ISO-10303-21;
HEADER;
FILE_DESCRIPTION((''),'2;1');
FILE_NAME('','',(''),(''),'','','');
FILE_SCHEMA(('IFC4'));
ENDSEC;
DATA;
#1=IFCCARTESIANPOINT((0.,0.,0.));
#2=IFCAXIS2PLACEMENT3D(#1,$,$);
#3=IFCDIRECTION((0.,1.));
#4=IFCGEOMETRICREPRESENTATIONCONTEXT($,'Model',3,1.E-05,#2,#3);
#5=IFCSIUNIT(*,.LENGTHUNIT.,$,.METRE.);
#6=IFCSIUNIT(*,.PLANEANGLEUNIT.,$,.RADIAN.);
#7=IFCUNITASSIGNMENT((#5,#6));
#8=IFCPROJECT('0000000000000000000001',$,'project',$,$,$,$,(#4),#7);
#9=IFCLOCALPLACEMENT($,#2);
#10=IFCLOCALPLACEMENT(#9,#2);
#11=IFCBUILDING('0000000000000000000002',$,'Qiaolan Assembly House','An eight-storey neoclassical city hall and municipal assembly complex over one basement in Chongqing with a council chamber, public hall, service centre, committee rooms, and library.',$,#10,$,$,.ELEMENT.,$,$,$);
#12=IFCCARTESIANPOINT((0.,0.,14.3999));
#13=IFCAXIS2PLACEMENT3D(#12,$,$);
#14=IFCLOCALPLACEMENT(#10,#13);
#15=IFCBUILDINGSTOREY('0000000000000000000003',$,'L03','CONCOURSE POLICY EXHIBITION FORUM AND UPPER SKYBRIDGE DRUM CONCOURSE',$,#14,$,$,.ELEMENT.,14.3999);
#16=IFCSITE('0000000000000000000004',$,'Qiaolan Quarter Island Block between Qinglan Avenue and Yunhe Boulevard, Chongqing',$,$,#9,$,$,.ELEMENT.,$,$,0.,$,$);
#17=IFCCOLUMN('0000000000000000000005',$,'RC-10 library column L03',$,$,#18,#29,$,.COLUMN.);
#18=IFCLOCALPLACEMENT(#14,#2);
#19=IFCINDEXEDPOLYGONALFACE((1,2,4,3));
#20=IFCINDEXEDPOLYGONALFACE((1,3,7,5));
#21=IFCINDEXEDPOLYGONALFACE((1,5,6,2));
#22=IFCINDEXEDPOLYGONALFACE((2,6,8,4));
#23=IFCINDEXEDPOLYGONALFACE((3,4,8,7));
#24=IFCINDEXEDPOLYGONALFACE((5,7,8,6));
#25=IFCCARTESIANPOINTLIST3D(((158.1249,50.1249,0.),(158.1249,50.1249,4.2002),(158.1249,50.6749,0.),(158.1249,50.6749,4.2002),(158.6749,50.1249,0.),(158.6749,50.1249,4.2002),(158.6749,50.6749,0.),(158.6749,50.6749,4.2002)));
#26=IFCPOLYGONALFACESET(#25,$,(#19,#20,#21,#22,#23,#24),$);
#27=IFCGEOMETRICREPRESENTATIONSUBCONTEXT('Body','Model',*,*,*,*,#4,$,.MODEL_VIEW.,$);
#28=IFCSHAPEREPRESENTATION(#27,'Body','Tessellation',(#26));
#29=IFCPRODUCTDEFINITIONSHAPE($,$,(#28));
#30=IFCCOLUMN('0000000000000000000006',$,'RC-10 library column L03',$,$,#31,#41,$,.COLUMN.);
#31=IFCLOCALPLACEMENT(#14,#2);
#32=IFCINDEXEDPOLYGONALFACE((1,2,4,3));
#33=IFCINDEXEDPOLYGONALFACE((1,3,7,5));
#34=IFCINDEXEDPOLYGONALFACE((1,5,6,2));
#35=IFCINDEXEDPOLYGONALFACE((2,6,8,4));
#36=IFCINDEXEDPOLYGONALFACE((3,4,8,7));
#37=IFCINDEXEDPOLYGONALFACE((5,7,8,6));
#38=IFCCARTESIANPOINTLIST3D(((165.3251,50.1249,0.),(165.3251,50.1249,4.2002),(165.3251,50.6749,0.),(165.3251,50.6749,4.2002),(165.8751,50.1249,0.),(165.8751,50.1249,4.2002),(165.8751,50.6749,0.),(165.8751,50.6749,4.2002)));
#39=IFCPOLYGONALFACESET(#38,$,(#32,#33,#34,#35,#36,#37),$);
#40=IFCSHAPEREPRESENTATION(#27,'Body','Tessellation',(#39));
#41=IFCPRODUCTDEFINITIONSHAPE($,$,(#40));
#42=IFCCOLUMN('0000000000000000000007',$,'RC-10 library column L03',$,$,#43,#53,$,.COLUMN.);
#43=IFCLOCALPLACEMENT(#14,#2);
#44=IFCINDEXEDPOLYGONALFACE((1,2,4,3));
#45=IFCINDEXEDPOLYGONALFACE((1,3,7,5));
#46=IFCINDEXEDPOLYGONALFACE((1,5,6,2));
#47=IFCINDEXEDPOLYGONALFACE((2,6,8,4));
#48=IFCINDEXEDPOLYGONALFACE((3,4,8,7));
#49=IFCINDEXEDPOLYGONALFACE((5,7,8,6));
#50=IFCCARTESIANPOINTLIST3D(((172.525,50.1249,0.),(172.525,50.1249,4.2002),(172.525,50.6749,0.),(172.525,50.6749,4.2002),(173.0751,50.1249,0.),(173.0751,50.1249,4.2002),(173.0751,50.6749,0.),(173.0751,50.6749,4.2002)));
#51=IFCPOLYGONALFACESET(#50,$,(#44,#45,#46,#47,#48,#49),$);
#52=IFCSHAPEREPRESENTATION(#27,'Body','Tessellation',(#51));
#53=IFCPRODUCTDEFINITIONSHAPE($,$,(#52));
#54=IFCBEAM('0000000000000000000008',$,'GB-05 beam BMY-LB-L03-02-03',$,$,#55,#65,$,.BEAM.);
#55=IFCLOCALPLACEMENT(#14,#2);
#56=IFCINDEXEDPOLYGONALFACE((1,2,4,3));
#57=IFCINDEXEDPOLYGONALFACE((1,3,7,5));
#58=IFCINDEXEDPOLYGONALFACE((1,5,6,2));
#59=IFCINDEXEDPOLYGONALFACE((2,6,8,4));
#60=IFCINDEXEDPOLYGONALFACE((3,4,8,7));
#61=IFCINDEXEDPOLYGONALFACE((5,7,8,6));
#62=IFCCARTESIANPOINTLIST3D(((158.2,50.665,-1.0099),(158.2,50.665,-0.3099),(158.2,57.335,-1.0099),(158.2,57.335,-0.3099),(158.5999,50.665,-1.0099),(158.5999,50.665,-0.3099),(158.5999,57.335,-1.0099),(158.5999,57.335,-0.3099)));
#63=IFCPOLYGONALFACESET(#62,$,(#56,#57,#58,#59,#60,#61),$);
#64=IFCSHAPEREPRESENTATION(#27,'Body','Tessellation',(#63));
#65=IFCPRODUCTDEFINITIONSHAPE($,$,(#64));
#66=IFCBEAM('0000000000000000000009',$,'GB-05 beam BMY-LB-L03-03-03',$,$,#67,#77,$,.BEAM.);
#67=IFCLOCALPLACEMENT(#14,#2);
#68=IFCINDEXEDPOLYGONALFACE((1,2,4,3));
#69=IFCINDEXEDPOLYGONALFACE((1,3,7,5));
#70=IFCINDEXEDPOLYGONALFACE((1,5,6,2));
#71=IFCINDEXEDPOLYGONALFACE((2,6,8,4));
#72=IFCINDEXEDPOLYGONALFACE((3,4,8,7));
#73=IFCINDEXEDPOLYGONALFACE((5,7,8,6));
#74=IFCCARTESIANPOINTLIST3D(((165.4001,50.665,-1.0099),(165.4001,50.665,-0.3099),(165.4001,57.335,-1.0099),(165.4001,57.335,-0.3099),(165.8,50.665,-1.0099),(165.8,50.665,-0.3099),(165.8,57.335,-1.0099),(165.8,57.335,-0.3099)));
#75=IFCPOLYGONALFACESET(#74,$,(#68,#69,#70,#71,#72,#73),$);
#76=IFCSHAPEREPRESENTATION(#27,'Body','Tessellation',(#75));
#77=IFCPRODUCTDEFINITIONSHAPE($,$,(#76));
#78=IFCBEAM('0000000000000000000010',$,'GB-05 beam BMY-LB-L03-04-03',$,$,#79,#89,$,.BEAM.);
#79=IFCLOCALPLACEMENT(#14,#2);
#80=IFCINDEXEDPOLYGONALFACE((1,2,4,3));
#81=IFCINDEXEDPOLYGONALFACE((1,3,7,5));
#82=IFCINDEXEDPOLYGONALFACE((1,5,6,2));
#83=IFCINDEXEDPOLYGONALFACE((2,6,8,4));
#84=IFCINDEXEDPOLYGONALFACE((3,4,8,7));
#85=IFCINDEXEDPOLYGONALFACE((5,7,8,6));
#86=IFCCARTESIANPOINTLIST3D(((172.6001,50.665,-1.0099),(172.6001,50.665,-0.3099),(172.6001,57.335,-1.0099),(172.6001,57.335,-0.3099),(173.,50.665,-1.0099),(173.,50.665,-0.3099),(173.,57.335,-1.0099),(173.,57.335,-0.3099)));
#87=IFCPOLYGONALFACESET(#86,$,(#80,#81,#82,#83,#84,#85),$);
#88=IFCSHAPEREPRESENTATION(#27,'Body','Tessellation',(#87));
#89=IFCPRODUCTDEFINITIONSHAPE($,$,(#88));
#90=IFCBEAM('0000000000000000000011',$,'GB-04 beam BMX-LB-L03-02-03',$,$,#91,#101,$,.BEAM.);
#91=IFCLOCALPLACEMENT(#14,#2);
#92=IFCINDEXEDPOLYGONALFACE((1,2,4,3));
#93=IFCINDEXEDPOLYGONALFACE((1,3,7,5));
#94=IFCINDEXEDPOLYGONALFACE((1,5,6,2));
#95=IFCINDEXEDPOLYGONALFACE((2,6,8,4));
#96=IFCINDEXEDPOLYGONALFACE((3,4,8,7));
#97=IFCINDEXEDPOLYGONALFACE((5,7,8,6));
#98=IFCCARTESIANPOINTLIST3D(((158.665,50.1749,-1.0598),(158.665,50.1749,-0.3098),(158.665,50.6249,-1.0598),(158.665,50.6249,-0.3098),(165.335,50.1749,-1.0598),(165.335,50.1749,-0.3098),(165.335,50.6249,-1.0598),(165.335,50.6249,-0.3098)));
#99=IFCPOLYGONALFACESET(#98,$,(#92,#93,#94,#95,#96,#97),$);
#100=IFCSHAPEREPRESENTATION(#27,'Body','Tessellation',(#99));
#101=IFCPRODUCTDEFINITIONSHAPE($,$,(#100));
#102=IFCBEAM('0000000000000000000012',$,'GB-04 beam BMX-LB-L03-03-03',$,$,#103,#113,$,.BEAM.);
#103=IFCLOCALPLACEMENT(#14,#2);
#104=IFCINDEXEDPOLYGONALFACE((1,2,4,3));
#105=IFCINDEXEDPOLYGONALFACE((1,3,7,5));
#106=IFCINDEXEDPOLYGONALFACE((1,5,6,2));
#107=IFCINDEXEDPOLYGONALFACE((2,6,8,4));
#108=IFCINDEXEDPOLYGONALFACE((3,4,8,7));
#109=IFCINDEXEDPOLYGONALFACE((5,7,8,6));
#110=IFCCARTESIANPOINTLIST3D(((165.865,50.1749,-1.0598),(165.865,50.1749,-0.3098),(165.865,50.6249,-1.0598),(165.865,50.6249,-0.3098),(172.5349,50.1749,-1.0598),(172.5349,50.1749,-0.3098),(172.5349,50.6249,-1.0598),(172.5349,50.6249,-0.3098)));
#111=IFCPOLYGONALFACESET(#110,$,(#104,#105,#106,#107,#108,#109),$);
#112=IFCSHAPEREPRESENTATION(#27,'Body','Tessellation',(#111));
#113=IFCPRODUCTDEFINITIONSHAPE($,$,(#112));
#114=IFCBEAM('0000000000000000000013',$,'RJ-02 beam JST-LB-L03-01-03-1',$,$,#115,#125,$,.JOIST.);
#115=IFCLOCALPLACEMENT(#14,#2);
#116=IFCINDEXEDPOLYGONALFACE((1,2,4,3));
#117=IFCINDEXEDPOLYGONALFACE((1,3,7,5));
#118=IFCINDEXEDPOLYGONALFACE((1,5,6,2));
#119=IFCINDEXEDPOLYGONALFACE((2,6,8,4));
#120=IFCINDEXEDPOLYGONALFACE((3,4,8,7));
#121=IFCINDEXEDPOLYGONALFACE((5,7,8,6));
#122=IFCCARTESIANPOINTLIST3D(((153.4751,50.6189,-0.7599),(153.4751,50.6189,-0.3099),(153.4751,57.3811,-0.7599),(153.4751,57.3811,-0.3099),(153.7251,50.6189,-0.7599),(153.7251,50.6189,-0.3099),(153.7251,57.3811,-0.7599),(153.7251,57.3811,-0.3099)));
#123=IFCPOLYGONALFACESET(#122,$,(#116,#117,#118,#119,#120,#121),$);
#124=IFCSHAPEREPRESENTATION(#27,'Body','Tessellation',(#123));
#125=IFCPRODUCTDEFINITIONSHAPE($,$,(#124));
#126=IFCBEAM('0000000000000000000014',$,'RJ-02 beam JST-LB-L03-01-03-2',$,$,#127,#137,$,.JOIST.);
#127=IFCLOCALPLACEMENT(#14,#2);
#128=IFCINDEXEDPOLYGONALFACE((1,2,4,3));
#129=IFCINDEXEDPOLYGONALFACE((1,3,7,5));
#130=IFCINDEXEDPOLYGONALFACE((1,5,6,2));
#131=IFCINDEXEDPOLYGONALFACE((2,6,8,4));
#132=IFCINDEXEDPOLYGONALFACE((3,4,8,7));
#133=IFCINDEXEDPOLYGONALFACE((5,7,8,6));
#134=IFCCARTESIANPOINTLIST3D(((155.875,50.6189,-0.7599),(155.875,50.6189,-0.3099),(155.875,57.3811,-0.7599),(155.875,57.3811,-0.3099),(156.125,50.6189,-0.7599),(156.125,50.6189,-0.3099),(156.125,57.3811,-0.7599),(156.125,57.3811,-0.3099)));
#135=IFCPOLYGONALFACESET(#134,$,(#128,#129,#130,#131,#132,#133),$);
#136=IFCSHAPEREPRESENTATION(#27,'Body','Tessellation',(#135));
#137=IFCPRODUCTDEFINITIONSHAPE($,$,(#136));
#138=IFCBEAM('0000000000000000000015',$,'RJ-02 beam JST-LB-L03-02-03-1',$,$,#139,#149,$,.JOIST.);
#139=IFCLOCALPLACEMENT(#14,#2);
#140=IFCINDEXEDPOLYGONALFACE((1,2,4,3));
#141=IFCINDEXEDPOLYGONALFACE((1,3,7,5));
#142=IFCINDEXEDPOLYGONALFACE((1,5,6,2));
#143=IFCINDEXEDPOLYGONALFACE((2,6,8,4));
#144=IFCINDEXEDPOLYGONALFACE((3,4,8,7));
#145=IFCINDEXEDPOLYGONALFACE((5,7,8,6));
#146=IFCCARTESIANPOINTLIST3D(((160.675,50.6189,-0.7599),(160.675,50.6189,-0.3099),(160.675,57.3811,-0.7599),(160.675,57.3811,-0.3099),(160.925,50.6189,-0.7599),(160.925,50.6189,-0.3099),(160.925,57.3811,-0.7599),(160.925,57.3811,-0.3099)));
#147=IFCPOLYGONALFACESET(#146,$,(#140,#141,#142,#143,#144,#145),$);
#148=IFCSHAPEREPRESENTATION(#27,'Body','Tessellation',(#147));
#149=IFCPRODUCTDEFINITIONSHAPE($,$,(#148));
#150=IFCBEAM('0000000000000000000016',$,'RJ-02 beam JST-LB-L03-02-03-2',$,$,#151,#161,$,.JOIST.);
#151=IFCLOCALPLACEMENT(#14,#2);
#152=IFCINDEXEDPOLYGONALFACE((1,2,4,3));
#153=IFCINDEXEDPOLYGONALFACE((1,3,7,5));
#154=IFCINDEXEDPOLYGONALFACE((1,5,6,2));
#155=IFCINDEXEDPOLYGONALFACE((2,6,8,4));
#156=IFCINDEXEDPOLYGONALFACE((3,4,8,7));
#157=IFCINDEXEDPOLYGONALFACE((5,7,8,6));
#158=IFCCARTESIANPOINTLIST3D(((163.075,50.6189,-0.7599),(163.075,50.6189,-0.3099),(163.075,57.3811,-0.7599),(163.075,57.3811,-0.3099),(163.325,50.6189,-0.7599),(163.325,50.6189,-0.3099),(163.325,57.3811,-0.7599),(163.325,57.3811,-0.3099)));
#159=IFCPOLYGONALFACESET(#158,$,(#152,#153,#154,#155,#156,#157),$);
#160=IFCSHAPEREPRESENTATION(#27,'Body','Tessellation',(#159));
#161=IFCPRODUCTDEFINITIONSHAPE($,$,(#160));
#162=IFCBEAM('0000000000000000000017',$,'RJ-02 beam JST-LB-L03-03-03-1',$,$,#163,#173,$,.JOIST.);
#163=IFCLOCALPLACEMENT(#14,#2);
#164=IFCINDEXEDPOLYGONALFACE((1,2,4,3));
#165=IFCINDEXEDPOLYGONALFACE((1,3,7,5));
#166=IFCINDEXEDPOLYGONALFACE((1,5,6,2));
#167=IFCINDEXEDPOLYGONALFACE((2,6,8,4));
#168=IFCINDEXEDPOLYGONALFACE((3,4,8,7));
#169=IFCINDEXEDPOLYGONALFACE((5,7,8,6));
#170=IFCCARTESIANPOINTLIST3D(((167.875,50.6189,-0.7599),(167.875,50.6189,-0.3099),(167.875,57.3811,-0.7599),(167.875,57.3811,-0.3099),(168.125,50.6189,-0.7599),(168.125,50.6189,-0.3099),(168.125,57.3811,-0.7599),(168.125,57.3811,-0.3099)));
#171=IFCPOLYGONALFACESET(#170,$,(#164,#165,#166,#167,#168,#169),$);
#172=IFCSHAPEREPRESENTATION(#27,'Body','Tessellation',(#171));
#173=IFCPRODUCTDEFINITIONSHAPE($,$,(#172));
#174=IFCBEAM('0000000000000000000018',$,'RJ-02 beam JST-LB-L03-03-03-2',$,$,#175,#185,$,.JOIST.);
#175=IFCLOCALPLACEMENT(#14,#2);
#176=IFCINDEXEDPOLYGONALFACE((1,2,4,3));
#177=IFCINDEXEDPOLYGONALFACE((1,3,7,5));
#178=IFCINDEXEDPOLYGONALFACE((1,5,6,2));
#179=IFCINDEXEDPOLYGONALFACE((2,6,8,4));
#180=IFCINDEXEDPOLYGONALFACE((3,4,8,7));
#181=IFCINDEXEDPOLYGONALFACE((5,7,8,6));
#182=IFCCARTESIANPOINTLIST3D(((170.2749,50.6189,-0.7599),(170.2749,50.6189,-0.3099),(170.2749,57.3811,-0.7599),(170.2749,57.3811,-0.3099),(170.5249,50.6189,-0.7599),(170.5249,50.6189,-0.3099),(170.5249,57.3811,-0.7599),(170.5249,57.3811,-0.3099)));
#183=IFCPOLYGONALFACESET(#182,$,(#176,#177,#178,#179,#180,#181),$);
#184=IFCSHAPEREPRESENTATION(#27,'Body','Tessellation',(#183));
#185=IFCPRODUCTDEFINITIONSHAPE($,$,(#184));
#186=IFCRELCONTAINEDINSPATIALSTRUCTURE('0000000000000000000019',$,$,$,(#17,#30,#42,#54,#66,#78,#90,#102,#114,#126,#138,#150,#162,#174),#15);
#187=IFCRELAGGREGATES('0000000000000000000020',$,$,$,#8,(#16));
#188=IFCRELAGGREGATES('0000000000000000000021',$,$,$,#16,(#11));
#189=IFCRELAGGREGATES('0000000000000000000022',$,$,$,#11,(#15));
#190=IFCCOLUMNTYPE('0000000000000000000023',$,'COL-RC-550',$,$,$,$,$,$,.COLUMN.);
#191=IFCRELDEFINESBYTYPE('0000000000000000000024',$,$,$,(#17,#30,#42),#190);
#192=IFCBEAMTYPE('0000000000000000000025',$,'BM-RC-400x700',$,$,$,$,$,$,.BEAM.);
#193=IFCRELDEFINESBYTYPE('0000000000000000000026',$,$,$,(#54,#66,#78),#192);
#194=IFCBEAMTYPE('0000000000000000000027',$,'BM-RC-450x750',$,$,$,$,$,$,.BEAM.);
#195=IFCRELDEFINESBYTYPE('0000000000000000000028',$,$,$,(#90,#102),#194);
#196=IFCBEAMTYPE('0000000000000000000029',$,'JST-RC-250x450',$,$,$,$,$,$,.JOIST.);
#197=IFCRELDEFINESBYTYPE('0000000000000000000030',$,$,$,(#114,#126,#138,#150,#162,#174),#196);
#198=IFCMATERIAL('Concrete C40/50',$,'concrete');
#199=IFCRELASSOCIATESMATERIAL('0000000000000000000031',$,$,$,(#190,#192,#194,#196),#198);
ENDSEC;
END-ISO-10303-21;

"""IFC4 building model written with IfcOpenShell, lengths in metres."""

from ifc_helpers import new_model, si_unit, direction, frame, origin, origin_2d, place, context, subcontext, project, spatial, rectangle, extrude, material, material_profile, profile_set, type_object, element, save


model = new_model("IFC4")

# Units and contexts
model_context = context("Model", 3, precision=1e-05, world=origin(), true_north=direction((0.0, 1.0)))
body_context = subcontext(model_context, "Body", "Model", "MODEL_VIEW")
ifc_project = project(units=[si_unit("LENGTHUNIT", "METRE"), si_unit("PLANEANGLEUNIT", "RADIAN")], contexts=[model_context])

# Site, building, storey
site_placement = place(None, origin())
site = spatial("IfcSite", under=ifc_project, at=site_placement, Name="Qiaolan Quarter Island Block between Qinglan Avenue and Yunhe Boulevard, Chongqing", CompositionType="ELEMENT", RefElevation=0.0)
building_placement = place(site_placement, origin())
building = spatial("IfcBuilding", under=site, at=building_placement, Name="Qiaolan Assembly House", Description="An eight-storey neoclassical city hall and municipal assembly complex over one basement in Chongqing with a council chamber, public hall, service centre, committee rooms, and library.", CompositionType="ELEMENT")
storey_placement = place(building_placement, frame((0.0, 0.0, 14.3999)))
storey = spatial("IfcBuildingStorey", under=building, at=storey_placement, Name="L03", Description="CONCOURSE POLICY EXHIBITION FORUM AND UPPER SKYBRIDGE DRUM CONCOURSE", CompositionType="ELEMENT", Elevation=14.3999)

# Columns
ifc_material_1 = material(Name="Concrete C40/50", Category="concrete")
ifc_material_profile_1 = material_profile(ifc_material_1, rectangle(XDim=0.55, YDim=0.55, at=origin_2d()), Name="RC 550x550")
ifc_profile_set_1 = profile_set([ifc_material_profile_1], Name="Concrete C40/50")
column_type = type_object("IfcColumnType", Name="COL-RC-550", PredefinedType="COLUMN", material=ifc_profile_set_1)
for number, where, z_axis, x_axis, name in (
    (1, (158.3999, 50.3999, 0.0), (0.0, 0.0, 1.0), (1.0, 0.0, 0.0), "RC-10 library column L03"),
    (2, (165.6001, 50.3999, 0.0), (0.0, 0.0, 1.0), (1.0, 0.0, 0.0), "RC-10 library column L03"),
    (3, (172.8, 50.3999, 0.0), (0.0, 0.0, 1.0), (1.0, 0.0, 0.0), "RC-10 library column L03"),
):
    element("IfcColumn", number, at=place(storey_placement, frame(where, z_axis=z_axis, x_axis=x_axis)), inside=storey, type_object=column_type, Name=name, PredefinedType="COLUMN", context=body_context, shape_type="SweptSolid", body=[
        extrude(rectangle(XDim=0.55, YDim=0.55, at=origin_2d()), origin(), (0.0, 0.0, 1.0), 4.2002),
    ])

# Beams
ifc_material_profile_2 = material_profile(ifc_material_1, rectangle(XDim=0.3999, YDim=0.7, at=origin_2d()), Name="RCB 400x700")
ifc_profile_set_2 = profile_set([ifc_material_profile_2], Name="Concrete C40/50")
beam_type_1 = type_object("IfcBeamType", Name="BM-RC-400x700", PredefinedType="BEAM", material=ifc_profile_set_2)
for number, where, z_axis, x_axis, name in (
    (4, (158.3999, 50.665, -0.6599), (0.0, 1.0, 0.0), (-1.0, 0.0, 0.0), "GB-05 beam BMY-LB-L03-02-03"),
    (5, (165.6001, 50.665, -0.6599), (0.0, 1.0, 0.0), (-1.0, 0.0, 0.0), "GB-05 beam BMY-LB-L03-03-03"),
    (6, (172.8, 50.665, -0.6599), (0.0, 1.0, 0.0), (-1.0, 0.0, 0.0), "GB-05 beam BMY-LB-L03-04-03"),
):
    element("IfcBeam", number, at=place(storey_placement, frame(where, z_axis=z_axis, x_axis=x_axis)), inside=storey, type_object=beam_type_1, Name=name, PredefinedType="BEAM", context=body_context, shape_type="SweptSolid", body=[
        extrude(rectangle(XDim=0.3999, YDim=0.7, at=origin_2d()), origin(), (0.0, 0.0, 1.0), 6.6699),
    ])
ifc_material_profile_3 = material_profile(ifc_material_1, rectangle(XDim=0.45, YDim=0.75, at=origin_2d()), Name="RCB 450x750")
ifc_profile_set_3 = profile_set([ifc_material_profile_3], Name="Concrete C40/50")
beam_type_2 = type_object("IfcBeamType", Name="BM-RC-450x750", PredefinedType="BEAM", material=ifc_profile_set_3)
for number, where, z_axis, x_axis, name in (
    (7, (158.665, 50.3999, -0.6848), (1.0, 0.0, 0.0), (0.0, 1.0, 0.0), "GB-04 beam BMX-LB-L03-02-03"),
    (8, (165.865, 50.3999, -0.6848), (1.0, 0.0, 0.0), (0.0, 1.0, 0.0), "GB-04 beam BMX-LB-L03-03-03"),
):
    element("IfcBeam", number, at=place(storey_placement, frame(where, z_axis=z_axis, x_axis=x_axis)), inside=storey, type_object=beam_type_2, Name=name, PredefinedType="BEAM", context=body_context, shape_type="SweptSolid", body=[
        extrude(rectangle(XDim=0.45, YDim=0.75, at=origin_2d()), origin(), (0.0, 0.0, 1.0), 6.6699),
    ])
ifc_material_profile_4 = material_profile(ifc_material_1, rectangle(XDim=0.25, YDim=0.45, at=origin_2d()), Name="RCB 250x450")
ifc_profile_set_4 = profile_set([ifc_material_profile_4], Name="Concrete C40/50")
beam_type_3 = type_object("IfcBeamType", Name="JST-RC-250x450", PredefinedType="JOIST", material=ifc_profile_set_4)
for number, where, z_axis, x_axis, name in (
    (9, (153.6001, 50.6189, -0.5349), (0.0, 1.0, 0.0), (-1.0, 0.0, 0.0), "RJ-02 beam JST-LB-L03-01-03-1"),
    (10, (156.0, 50.6189, -0.5349), (0.0, 1.0, 0.0), (-1.0, 0.0, 0.0), "RJ-02 beam JST-LB-L03-01-03-2"),
    (11, (160.8, 50.6189, -0.5349), (0.0, 1.0, 0.0), (-1.0, 0.0, 0.0), "RJ-02 beam JST-LB-L03-02-03-1"),
    (12, (163.2, 50.6189, -0.5349), (0.0, 1.0, 0.0), (-1.0, 0.0, 0.0), "RJ-02 beam JST-LB-L03-02-03-2"),
    (13, (168.0, 50.6189, -0.5349), (0.0, 1.0, 0.0), (-1.0, 0.0, 0.0), "RJ-02 beam JST-LB-L03-03-03-1"),
    (14, (170.3999, 50.6189, -0.5349), (0.0, 1.0, 0.0), (-1.0, 0.0, 0.0), "RJ-02 beam JST-LB-L03-03-03-2"),
):
    element("IfcBeam", number, at=place(storey_placement, frame(where, z_axis=z_axis, x_axis=x_axis)), inside=storey, type_object=beam_type_3, Name=name, PredefinedType="JOIST", context=body_context, shape_type="SweptSolid", body=[
        extrude(rectangle(XDim=0.25, YDim=0.45, at=origin_2d()), origin(), (0.0, 0.0, 1.0), 6.7622),
    ])

save(model, "model.ifc")
